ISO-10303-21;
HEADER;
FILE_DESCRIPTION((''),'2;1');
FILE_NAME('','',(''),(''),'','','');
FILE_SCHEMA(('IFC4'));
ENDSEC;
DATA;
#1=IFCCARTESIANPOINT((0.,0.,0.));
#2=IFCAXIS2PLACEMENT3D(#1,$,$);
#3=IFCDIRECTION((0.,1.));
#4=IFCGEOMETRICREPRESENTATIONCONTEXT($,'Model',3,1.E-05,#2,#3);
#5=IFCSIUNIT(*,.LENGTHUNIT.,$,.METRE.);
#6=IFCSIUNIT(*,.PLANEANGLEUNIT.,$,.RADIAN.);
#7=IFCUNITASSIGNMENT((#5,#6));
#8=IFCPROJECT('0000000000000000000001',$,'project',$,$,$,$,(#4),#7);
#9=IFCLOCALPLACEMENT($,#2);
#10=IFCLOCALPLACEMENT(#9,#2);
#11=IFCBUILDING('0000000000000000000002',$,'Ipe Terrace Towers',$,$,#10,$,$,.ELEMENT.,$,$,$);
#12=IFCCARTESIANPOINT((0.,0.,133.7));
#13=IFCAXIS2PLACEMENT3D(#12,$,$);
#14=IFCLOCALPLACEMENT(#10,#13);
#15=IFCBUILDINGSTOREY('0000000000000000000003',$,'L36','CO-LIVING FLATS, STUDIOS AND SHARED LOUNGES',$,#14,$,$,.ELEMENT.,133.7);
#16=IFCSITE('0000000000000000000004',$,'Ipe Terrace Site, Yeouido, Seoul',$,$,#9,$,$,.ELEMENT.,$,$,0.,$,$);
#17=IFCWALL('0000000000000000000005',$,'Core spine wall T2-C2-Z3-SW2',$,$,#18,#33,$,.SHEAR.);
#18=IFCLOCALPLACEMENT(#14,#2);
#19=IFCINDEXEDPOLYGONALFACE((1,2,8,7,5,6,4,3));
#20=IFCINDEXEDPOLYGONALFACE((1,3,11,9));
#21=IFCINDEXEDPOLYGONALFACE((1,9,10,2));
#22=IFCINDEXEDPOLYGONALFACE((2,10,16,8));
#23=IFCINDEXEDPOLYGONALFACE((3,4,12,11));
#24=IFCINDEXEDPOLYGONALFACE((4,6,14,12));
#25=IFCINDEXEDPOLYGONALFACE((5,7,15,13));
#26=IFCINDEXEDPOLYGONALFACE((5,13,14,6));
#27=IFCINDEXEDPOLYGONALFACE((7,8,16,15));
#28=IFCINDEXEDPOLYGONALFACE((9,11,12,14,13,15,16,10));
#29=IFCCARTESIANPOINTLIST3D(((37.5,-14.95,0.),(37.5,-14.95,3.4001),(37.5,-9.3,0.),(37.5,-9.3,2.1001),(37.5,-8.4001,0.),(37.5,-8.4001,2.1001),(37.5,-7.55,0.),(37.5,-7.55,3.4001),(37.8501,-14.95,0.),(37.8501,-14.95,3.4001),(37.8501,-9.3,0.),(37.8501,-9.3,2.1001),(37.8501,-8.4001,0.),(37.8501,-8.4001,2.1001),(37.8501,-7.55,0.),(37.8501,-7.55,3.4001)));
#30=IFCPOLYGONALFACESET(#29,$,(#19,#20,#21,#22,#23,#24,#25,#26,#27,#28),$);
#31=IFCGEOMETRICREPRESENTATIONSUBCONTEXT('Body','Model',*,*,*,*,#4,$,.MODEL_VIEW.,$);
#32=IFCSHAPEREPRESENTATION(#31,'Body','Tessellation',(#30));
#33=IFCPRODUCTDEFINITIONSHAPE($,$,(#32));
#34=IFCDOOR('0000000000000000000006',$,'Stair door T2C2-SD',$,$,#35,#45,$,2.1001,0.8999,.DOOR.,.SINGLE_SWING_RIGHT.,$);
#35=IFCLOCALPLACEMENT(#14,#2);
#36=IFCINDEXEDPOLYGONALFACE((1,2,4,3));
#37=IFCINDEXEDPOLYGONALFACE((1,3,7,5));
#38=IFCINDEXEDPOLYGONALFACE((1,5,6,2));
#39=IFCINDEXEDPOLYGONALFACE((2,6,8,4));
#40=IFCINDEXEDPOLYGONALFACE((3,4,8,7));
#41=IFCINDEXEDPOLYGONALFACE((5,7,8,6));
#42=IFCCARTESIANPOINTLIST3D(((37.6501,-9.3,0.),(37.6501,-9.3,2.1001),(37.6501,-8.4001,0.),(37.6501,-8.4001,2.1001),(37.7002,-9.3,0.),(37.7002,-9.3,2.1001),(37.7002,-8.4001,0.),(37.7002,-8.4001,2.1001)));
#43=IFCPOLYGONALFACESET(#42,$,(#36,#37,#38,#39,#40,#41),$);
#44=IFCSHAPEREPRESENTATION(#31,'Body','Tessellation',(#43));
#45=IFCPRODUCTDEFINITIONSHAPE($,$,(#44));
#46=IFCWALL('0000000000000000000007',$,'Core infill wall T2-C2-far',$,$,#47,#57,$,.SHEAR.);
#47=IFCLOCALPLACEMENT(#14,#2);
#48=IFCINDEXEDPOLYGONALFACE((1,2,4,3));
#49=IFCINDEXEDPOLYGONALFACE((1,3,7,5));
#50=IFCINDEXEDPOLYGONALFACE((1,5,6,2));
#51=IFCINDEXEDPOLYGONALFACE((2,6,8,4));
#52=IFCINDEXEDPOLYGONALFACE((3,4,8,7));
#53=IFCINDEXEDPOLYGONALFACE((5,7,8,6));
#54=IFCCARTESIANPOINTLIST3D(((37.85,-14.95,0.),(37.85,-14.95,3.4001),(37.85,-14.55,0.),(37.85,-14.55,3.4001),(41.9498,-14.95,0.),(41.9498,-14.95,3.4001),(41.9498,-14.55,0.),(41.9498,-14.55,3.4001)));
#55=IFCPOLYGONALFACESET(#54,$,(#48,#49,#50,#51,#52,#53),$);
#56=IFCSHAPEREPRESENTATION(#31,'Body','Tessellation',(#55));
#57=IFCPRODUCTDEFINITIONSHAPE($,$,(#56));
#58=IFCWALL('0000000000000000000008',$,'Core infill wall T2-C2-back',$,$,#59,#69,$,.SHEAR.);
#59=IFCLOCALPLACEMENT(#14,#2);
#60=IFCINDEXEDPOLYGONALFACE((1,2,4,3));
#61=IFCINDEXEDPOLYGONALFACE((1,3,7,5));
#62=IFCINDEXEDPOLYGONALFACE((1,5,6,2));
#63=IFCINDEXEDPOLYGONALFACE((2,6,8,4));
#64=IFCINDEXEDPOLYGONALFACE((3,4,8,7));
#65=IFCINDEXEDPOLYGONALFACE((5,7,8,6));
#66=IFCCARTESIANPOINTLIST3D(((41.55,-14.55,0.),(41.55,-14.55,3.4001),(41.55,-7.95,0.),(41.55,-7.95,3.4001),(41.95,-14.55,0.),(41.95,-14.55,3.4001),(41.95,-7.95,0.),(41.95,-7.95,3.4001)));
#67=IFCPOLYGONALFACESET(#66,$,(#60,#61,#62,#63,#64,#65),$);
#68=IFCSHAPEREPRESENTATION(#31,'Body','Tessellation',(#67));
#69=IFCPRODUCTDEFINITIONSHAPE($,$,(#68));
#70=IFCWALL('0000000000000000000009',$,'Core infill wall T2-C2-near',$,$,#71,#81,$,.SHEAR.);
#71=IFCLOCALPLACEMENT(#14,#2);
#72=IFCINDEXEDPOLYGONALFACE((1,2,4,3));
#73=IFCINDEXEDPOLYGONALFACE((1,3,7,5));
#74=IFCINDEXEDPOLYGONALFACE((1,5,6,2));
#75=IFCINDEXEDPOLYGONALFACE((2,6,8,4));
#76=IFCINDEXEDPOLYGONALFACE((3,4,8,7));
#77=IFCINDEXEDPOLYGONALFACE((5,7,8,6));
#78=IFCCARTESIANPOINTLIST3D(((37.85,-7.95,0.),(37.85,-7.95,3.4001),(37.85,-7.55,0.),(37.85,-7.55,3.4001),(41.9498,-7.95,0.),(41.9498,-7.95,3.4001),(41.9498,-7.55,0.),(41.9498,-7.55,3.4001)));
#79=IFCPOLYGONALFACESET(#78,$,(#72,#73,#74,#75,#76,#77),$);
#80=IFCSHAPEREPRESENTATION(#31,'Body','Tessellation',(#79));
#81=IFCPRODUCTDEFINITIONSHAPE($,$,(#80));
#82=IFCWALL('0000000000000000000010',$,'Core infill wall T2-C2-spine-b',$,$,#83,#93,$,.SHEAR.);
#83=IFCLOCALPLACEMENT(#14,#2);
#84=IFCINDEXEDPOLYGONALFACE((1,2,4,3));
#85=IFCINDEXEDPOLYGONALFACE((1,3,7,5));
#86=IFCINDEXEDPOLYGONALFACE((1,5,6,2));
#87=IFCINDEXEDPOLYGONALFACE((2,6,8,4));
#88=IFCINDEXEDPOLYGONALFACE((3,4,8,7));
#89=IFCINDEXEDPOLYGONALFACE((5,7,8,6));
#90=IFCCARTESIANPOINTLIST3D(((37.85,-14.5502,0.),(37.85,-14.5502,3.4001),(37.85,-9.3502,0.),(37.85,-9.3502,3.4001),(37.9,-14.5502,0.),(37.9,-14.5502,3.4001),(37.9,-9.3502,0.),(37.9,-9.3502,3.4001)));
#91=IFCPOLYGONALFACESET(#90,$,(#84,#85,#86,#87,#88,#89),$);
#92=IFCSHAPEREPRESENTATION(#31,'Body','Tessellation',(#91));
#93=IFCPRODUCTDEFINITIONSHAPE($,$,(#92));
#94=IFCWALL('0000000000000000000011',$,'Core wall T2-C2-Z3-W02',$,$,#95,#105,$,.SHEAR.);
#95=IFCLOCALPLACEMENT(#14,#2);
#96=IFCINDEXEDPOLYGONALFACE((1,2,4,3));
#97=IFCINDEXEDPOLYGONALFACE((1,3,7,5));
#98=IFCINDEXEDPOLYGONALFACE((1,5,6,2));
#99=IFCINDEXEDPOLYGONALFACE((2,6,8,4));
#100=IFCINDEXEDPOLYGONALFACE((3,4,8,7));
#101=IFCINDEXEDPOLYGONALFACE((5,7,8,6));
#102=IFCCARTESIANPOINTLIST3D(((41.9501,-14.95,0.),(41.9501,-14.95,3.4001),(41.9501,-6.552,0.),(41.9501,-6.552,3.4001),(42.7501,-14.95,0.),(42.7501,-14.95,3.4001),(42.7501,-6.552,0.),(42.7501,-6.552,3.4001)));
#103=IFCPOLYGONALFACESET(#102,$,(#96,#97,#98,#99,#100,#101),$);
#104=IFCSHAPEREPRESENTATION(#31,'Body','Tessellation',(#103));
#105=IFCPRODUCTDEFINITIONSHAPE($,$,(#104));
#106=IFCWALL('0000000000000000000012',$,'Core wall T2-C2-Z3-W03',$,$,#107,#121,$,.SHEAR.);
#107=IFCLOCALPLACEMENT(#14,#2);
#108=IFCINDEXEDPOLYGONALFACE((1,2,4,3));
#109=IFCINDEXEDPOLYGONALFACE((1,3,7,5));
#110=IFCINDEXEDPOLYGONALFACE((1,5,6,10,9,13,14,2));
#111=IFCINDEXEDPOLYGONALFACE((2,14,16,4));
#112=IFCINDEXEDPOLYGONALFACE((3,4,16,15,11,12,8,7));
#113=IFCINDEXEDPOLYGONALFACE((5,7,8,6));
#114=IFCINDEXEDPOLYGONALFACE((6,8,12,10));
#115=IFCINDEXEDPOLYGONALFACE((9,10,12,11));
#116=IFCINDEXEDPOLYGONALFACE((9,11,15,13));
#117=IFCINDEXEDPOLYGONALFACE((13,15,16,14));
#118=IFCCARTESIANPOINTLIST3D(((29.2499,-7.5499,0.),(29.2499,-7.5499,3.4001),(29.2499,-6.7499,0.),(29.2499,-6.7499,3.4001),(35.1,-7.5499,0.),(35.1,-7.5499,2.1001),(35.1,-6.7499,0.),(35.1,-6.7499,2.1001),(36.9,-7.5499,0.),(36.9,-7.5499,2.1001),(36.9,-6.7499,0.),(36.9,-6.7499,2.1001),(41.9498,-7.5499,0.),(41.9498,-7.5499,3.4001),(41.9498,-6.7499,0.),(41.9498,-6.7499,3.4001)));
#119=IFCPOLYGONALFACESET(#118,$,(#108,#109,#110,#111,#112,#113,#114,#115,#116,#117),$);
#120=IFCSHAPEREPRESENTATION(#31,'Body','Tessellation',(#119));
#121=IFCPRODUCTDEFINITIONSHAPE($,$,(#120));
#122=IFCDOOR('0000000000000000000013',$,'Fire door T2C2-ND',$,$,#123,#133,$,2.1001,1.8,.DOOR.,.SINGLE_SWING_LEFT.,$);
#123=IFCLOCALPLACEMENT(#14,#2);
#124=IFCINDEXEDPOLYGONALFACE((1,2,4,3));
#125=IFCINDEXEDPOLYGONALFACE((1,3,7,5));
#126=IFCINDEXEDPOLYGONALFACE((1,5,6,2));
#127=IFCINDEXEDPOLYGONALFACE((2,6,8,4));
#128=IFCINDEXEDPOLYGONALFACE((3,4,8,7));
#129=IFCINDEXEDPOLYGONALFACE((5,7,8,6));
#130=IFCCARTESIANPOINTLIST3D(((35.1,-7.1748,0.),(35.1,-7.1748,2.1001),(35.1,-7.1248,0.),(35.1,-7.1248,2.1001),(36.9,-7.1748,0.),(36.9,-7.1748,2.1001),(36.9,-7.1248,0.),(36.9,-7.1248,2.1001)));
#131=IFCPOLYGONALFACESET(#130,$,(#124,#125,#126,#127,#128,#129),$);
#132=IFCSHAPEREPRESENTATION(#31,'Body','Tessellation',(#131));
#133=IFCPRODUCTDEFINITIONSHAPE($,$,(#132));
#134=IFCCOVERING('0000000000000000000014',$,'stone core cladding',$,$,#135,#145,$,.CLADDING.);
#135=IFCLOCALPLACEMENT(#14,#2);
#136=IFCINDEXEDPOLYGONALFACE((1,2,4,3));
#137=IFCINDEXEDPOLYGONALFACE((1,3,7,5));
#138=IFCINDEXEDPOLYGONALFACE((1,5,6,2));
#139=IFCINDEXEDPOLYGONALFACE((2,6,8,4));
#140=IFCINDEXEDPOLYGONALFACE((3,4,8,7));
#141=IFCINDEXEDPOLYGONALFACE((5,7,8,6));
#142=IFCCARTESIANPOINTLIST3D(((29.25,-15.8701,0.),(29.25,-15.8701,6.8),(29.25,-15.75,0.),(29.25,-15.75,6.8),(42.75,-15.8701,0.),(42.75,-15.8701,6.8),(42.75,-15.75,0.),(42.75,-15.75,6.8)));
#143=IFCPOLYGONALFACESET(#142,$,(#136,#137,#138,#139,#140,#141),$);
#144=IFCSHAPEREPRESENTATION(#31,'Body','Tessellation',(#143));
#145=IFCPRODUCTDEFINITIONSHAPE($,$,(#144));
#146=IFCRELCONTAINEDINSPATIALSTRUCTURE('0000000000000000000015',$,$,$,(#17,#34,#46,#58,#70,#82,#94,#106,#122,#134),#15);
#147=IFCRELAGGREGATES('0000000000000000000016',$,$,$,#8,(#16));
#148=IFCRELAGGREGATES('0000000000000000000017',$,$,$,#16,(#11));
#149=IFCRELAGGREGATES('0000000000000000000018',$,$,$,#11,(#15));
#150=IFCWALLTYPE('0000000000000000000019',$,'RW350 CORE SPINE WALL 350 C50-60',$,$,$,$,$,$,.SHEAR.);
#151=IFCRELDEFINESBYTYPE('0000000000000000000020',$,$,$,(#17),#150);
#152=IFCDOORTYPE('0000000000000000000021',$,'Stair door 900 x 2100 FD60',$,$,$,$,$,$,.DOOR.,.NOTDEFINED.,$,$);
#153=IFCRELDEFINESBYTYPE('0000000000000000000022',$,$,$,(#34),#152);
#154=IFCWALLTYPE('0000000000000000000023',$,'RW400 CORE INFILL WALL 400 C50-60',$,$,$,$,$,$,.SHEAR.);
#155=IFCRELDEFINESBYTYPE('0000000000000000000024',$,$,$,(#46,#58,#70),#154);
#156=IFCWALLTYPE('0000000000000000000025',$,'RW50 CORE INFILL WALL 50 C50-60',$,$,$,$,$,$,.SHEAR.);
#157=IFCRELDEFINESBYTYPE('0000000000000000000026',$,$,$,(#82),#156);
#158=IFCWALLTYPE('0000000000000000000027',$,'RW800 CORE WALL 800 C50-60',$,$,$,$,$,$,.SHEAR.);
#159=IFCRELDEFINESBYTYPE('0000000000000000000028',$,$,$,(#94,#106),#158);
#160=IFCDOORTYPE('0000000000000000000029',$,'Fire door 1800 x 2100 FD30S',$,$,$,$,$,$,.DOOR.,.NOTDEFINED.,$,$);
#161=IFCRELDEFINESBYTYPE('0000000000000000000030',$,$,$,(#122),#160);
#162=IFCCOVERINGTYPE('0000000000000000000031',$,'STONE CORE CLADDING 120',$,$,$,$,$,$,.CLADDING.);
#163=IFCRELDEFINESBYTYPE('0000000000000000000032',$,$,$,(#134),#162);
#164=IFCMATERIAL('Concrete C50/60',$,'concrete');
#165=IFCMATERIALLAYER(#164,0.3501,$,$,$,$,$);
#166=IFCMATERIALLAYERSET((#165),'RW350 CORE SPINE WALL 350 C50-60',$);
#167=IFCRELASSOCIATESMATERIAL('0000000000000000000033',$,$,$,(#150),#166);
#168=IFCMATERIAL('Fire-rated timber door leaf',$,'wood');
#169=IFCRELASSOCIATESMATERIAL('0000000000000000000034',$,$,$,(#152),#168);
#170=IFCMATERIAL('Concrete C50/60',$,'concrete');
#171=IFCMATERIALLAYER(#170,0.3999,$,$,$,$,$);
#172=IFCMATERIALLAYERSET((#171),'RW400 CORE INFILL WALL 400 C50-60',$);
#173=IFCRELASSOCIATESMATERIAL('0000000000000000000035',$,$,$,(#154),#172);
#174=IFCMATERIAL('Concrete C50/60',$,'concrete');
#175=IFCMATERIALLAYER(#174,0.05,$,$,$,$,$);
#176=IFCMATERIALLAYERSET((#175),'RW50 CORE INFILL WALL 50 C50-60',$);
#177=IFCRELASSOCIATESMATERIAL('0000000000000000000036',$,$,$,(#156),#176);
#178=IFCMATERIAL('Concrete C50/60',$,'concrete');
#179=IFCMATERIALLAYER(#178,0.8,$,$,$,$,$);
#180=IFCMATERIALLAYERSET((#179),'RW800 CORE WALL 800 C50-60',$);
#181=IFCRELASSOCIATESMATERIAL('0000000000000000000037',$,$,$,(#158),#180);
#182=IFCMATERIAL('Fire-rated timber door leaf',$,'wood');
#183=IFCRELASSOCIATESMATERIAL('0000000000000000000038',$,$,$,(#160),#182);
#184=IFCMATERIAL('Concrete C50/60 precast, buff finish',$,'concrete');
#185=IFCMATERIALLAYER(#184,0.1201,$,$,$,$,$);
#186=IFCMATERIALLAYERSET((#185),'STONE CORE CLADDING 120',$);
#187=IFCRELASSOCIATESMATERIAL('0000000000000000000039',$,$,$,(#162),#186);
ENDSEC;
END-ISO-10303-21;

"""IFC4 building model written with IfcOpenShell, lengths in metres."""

from ifc_helpers import new_model, si_unit, direction, frame, frame_2d, origin, origin_2d, place, context, subcontext, project, spatial, rectangle, extrude, material, layer, layer_set, type_object, element, fill, save


model = new_model("IFC4")

# Units and contexts
model_context = context("Model", 3, precision=1e-05, world=origin(), true_north=direction((0.0, 1.0)))
body_context = subcontext(model_context, "Body", "Model", "MODEL_VIEW")
ifc_project = project(units=[si_unit("LENGTHUNIT", "METRE"), si_unit("PLANEANGLEUNIT", "RADIAN")], contexts=[model_context])

# Site, building, storey
site_placement = place(None, origin())
site = spatial("IfcSite", under=ifc_project, at=site_placement, Name="Ipe Terrace Site, Yeouido, Seoul", CompositionType="ELEMENT", RefElevation=0.0)
building_placement = place(site_placement, origin())
building = spatial("IfcBuilding", under=site, at=building_placement, Name="Ipe Terrace Towers", CompositionType="ELEMENT")
storey_placement = place(building_placement, frame((0.0, 0.0, 133.7)))
storey = spatial("IfcBuildingStorey", under=building, at=storey_placement, Name="L36", Description="CO-LIVING FLATS, STUDIOS AND SHARED LOUNGES", CompositionType="ELEMENT", Elevation=133.7)

# Wall, opening, door
ifc_material_1 = material(Name="Concrete C50/60", Category="concrete")
ifc_layer_1 = layer(ifc_material_1, 0.3501)
ifc_layer_set_1 = layer_set([ifc_layer_1], Name="RW350 CORE SPINE WALL 350 C50-60")
wall_type_1 = type_object("IfcWallType", Name="RW350 CORE SPINE WALL 350 C50-60", PredefinedType="SHEAR", material=ifc_layer_set_1)
wall_1_placement = place(storey_placement, frame((37.675, -14.95, 0.0), z_axis=(0.0, 0.0, 1.0), x_axis=(0.0, 1.0, 0.0)))
wall_1 = element("IfcWall", 1, at=wall_1_placement, inside=storey, type_object=wall_type_1, Name="Core spine wall T2-C2-Z3-SW2", PredefinedType="SHEAR", context=body_context, shape_type="SweptSolid", body=[
    extrude(rectangle(XDim=7.3999, YDim=0.3501, at=frame_2d((3.7, 0.0))), origin(), (0.0, 0.0, 1.0), 3.4001),
])
opening_1_placement = place(wall_1_placement, frame((5.6499, 0.0, 0.0)))
opening_1 = element("IfcOpeningElement", 2, at=opening_1_placement, cuts=wall_1, PredefinedType="OPENING", context=body_context, shape_type="SweptSolid", body=[
    extrude(rectangle(XDim=0.8999, YDim=2.1001, at=frame_2d((0.45, 1.05))), frame((0.0, 0.1851, 0.0), z_axis=(0.0, -1.0, 0.0), x_axis=(1.0, 0.0, 0.0)), (0.0, 0.0, 1.0), 0.3701),
])
ifc_material_2 = material(Name="Fire-rated timber door leaf", Category="wood")
door_type_1 = type_object("IfcDoorType", Name="Stair door 900 x 2100 FD60", OperationType="NOTDEFINED", PredefinedType="DOOR", material=ifc_material_2)
door_1_placement = place(opening_1_placement, origin())
door_1 = element("IfcDoor", 3, at=door_1_placement, inside=storey, type_object=door_type_1, Name="Stair door T2C2-SD", OperationType="SINGLE_SWING_RIGHT", OverallHeight=2.1001, OverallWidth=0.8999, PredefinedType="DOOR", context=body_context, shape_type="SweptSolid", body=[
    extrude(rectangle(XDim=0.8999, YDim=2.1001, at=frame_2d((0.45, 1.05))), frame((0.0, 0.0249, 0.0), z_axis=(0.0, -1.0, 0.0), x_axis=(1.0, 0.0, 0.0)), (0.0, 0.0, 1.0), 0.05),
])
fill(opening_1, door_1)

# Walls
ifc_material_3 = material(Name="Concrete C50/60", Category="concrete")
ifc_layer_2 = layer(ifc_material_3, 0.3999)
ifc_layer_set_2 = layer_set([ifc_layer_2], Name="RW400 CORE INFILL WALL 400 C50-60")
wall_type_2 = type_object("IfcWallType", Name="RW400 CORE INFILL WALL 400 C50-60", PredefinedType="SHEAR", material=ifc_layer_set_2)
wall_2_placement = place(storey_placement, frame((37.8501, -14.75, 0.0), z_axis=(0.0, 0.0, 1.0), x_axis=(1.0, 0.0, 0.0)))
element("IfcWall", 4, at=wall_2_placement, inside=storey, type_object=wall_type_2, Name="Core infill wall T2-C2-far", PredefinedType="SHEAR", context=body_context, shape_type="SweptSolid", body=[
    extrude(rectangle(XDim=4.0999, YDim=0.3999, at=frame_2d((2.0498, 0.0))), origin(), (0.0, 0.0, 1.0), 3.4001),
])
wall_3_placement = place(storey_placement, frame((41.75, -7.95, 0.0), z_axis=(0.0, 0.0, 1.0), x_axis=(0.0, -1.0, 0.0)))
element("IfcWall", 5, at=wall_3_placement, inside=storey, type_object=wall_type_2, Name="Core infill wall T2-C2-back", PredefinedType="SHEAR", context=body_context, shape_type="SweptSolid", body=[
    extrude(rectangle(XDim=6.6001, YDim=0.3999, at=frame_2d((3.3, 0.0))), origin(), (0.0, 0.0, 1.0), 3.4001),
])
wall_4_placement = place(storey_placement, frame((37.8501, -7.75, 0.0), z_axis=(0.0, 0.0, 1.0), x_axis=(1.0, 0.0, 0.0)))
element("IfcWall", 6, at=wall_4_placement, inside=storey, type_object=wall_type_2, Name="Core infill wall T2-C2-near", PredefinedType="SHEAR", context=body_context, shape_type="SweptSolid", body=[
    extrude(rectangle(XDim=4.0999, YDim=0.3999, at=frame_2d((2.0498, 0.0))), origin(), (0.0, 0.0, 1.0), 3.4001),
])
ifc_material_4 = material(Name="Concrete C50/60", Category="concrete")
ifc_layer_3 = layer(ifc_material_4, 0.05)
ifc_layer_set_3 = layer_set([ifc_layer_3], Name="RW50 CORE INFILL WALL 50 C50-60")
wall_type_3 = type_object("IfcWallType", Name="RW50 CORE INFILL WALL 50 C50-60", PredefinedType="SHEAR", material=ifc_layer_set_3)
wall_5_placement = place(storey_placement, frame((37.875, -9.3501, 0.0), z_axis=(0.0, 0.0, 1.0), x_axis=(0.0, -1.0, 0.0)))
element("IfcWall", 7, at=wall_5_placement, inside=storey, type_object=wall_type_3, Name="Core infill wall T2-C2-spine-b", PredefinedType="SHEAR", context=body_context, shape_type="SweptSolid", body=[
    extrude(rectangle(XDim=5.2, YDim=0.05, at=frame_2d((2.6001, 0.0))), origin(), (0.0, 0.0, 1.0), 3.4001),
])
ifc_material_5 = material(Name="Concrete C50/60", Category="concrete")
ifc_layer_4 = layer(ifc_material_5, 0.8)
ifc_layer_set_4 = layer_set([ifc_layer_4], Name="RW800 CORE WALL 800 C50-60")
wall_type_4 = type_object("IfcWallType", Name="RW800 CORE WALL 800 C50-60", PredefinedType="SHEAR", material=ifc_layer_set_4)
wall_6_placement = place(storey_placement, frame((42.3501, -14.95, 0.0), z_axis=(0.0, 0.0, 1.0), x_axis=(0.0, 1.0, 0.0)))
element("IfcWall", 8, at=wall_6_placement, inside=storey, type_object=wall_type_4, Name="Core wall T2-C2-Z3-W02", PredefinedType="SHEAR", context=body_context, shape_type="SweptSolid", body=[
    extrude(rectangle(XDim=8.3979, YDim=0.8, at=frame_2d((4.199, 0.0))), origin(), (0.0, 0.0, 1.0), 3.4001),
])

# Wall, opening, door
wall_7_placement = place(storey_placement, frame((41.95, -7.1499, 0.0), z_axis=(0.0, 0.0, 1.0), x_axis=(-1.0, 0.0, 0.0)))
wall_7 = element("IfcWall", 9, at=wall_7_placement, inside=storey, type_object=wall_type_4, Name="Core wall T2-C2-Z3-W03", PredefinedType="SHEAR", context=body_context, shape_type="SweptSolid", body=[
    extrude(rectangle(XDim=12.7, YDim=0.8, at=frame_2d((6.3501, 0.0))), origin(), (0.0, 0.0, 1.0), 3.4001),
])
opening_2_placement = place(wall_7_placement, frame((5.05, 0.0, 0.0)))
opening_2 = element("IfcOpeningElement", 10, at=opening_2_placement, cuts=wall_7, PredefinedType="OPENING", context=body_context, shape_type="SweptSolid", body=[
    extrude(rectangle(XDim=1.8, YDim=2.1001, at=frame_2d((0.8999, 1.05))), frame((0.0, 0.4102, 0.0), z_axis=(0.0, -1.0, 0.0), x_axis=(1.0, 0.0, 0.0)), (0.0, 0.0, 1.0), 0.8201),
])
ifc_material_6 = material(Name="Fire-rated timber door leaf", Category="wood")
door_type_2 = type_object("IfcDoorType", Name="Fire door 1800 x 2100 FD30S", OperationType="NOTDEFINED", PredefinedType="DOOR", material=ifc_material_6)
door_2_placement = place(opening_2_placement, origin())
door_2 = element("IfcDoor", 11, at=door_2_placement, inside=storey, type_object=door_type_2, Name="Fire door T2C2-ND", OperationType="SINGLE_SWING_LEFT", OverallHeight=2.1001, OverallWidth=1.8, PredefinedType="DOOR", context=body_context, shape_type="SweptSolid", body=[
    extrude(rectangle(XDim=1.8, YDim=2.1001, at=frame_2d((0.8999, 1.05))), frame((0.0, 0.0249, 0.0), z_axis=(0.0, -1.0, 0.0), x_axis=(1.0, 0.0, 0.0)), (0.0, 0.0, 1.0), 0.05),
])
fill(opening_2, door_2)

# Covering
ifc_material_7 = material(Name="Concrete C50/60 precast, buff finish", Category="concrete")
ifc_layer_5 = layer(ifc_material_7, 0.1201)
ifc_layer_set_5 = layer_set([ifc_layer_5], Name="STONE CORE CLADDING 120")
covering_type = type_object("IfcCoveringType", Name="STONE CORE CLADDING 120", PredefinedType="CLADDING", material=ifc_layer_set_5)
covering_placement = place(storey_placement, frame((36.0, -15.8101, 0.0), z_axis=(0.0, 0.0, 1.0), x_axis=(1.0, 0.0, 0.0)))
element("IfcCovering", 12, at=covering_placement, inside=storey, type_object=covering_type, Name="stone core cladding", PredefinedType="CLADDING", context=body_context, shape_type="SweptSolid", body=[
    extrude(rectangle(XDim=13.5, YDim=0.1201, at=origin_2d()), origin(), (0.0, 0.0, 1.0), 6.8),
])

save(model, "model.ifc")
